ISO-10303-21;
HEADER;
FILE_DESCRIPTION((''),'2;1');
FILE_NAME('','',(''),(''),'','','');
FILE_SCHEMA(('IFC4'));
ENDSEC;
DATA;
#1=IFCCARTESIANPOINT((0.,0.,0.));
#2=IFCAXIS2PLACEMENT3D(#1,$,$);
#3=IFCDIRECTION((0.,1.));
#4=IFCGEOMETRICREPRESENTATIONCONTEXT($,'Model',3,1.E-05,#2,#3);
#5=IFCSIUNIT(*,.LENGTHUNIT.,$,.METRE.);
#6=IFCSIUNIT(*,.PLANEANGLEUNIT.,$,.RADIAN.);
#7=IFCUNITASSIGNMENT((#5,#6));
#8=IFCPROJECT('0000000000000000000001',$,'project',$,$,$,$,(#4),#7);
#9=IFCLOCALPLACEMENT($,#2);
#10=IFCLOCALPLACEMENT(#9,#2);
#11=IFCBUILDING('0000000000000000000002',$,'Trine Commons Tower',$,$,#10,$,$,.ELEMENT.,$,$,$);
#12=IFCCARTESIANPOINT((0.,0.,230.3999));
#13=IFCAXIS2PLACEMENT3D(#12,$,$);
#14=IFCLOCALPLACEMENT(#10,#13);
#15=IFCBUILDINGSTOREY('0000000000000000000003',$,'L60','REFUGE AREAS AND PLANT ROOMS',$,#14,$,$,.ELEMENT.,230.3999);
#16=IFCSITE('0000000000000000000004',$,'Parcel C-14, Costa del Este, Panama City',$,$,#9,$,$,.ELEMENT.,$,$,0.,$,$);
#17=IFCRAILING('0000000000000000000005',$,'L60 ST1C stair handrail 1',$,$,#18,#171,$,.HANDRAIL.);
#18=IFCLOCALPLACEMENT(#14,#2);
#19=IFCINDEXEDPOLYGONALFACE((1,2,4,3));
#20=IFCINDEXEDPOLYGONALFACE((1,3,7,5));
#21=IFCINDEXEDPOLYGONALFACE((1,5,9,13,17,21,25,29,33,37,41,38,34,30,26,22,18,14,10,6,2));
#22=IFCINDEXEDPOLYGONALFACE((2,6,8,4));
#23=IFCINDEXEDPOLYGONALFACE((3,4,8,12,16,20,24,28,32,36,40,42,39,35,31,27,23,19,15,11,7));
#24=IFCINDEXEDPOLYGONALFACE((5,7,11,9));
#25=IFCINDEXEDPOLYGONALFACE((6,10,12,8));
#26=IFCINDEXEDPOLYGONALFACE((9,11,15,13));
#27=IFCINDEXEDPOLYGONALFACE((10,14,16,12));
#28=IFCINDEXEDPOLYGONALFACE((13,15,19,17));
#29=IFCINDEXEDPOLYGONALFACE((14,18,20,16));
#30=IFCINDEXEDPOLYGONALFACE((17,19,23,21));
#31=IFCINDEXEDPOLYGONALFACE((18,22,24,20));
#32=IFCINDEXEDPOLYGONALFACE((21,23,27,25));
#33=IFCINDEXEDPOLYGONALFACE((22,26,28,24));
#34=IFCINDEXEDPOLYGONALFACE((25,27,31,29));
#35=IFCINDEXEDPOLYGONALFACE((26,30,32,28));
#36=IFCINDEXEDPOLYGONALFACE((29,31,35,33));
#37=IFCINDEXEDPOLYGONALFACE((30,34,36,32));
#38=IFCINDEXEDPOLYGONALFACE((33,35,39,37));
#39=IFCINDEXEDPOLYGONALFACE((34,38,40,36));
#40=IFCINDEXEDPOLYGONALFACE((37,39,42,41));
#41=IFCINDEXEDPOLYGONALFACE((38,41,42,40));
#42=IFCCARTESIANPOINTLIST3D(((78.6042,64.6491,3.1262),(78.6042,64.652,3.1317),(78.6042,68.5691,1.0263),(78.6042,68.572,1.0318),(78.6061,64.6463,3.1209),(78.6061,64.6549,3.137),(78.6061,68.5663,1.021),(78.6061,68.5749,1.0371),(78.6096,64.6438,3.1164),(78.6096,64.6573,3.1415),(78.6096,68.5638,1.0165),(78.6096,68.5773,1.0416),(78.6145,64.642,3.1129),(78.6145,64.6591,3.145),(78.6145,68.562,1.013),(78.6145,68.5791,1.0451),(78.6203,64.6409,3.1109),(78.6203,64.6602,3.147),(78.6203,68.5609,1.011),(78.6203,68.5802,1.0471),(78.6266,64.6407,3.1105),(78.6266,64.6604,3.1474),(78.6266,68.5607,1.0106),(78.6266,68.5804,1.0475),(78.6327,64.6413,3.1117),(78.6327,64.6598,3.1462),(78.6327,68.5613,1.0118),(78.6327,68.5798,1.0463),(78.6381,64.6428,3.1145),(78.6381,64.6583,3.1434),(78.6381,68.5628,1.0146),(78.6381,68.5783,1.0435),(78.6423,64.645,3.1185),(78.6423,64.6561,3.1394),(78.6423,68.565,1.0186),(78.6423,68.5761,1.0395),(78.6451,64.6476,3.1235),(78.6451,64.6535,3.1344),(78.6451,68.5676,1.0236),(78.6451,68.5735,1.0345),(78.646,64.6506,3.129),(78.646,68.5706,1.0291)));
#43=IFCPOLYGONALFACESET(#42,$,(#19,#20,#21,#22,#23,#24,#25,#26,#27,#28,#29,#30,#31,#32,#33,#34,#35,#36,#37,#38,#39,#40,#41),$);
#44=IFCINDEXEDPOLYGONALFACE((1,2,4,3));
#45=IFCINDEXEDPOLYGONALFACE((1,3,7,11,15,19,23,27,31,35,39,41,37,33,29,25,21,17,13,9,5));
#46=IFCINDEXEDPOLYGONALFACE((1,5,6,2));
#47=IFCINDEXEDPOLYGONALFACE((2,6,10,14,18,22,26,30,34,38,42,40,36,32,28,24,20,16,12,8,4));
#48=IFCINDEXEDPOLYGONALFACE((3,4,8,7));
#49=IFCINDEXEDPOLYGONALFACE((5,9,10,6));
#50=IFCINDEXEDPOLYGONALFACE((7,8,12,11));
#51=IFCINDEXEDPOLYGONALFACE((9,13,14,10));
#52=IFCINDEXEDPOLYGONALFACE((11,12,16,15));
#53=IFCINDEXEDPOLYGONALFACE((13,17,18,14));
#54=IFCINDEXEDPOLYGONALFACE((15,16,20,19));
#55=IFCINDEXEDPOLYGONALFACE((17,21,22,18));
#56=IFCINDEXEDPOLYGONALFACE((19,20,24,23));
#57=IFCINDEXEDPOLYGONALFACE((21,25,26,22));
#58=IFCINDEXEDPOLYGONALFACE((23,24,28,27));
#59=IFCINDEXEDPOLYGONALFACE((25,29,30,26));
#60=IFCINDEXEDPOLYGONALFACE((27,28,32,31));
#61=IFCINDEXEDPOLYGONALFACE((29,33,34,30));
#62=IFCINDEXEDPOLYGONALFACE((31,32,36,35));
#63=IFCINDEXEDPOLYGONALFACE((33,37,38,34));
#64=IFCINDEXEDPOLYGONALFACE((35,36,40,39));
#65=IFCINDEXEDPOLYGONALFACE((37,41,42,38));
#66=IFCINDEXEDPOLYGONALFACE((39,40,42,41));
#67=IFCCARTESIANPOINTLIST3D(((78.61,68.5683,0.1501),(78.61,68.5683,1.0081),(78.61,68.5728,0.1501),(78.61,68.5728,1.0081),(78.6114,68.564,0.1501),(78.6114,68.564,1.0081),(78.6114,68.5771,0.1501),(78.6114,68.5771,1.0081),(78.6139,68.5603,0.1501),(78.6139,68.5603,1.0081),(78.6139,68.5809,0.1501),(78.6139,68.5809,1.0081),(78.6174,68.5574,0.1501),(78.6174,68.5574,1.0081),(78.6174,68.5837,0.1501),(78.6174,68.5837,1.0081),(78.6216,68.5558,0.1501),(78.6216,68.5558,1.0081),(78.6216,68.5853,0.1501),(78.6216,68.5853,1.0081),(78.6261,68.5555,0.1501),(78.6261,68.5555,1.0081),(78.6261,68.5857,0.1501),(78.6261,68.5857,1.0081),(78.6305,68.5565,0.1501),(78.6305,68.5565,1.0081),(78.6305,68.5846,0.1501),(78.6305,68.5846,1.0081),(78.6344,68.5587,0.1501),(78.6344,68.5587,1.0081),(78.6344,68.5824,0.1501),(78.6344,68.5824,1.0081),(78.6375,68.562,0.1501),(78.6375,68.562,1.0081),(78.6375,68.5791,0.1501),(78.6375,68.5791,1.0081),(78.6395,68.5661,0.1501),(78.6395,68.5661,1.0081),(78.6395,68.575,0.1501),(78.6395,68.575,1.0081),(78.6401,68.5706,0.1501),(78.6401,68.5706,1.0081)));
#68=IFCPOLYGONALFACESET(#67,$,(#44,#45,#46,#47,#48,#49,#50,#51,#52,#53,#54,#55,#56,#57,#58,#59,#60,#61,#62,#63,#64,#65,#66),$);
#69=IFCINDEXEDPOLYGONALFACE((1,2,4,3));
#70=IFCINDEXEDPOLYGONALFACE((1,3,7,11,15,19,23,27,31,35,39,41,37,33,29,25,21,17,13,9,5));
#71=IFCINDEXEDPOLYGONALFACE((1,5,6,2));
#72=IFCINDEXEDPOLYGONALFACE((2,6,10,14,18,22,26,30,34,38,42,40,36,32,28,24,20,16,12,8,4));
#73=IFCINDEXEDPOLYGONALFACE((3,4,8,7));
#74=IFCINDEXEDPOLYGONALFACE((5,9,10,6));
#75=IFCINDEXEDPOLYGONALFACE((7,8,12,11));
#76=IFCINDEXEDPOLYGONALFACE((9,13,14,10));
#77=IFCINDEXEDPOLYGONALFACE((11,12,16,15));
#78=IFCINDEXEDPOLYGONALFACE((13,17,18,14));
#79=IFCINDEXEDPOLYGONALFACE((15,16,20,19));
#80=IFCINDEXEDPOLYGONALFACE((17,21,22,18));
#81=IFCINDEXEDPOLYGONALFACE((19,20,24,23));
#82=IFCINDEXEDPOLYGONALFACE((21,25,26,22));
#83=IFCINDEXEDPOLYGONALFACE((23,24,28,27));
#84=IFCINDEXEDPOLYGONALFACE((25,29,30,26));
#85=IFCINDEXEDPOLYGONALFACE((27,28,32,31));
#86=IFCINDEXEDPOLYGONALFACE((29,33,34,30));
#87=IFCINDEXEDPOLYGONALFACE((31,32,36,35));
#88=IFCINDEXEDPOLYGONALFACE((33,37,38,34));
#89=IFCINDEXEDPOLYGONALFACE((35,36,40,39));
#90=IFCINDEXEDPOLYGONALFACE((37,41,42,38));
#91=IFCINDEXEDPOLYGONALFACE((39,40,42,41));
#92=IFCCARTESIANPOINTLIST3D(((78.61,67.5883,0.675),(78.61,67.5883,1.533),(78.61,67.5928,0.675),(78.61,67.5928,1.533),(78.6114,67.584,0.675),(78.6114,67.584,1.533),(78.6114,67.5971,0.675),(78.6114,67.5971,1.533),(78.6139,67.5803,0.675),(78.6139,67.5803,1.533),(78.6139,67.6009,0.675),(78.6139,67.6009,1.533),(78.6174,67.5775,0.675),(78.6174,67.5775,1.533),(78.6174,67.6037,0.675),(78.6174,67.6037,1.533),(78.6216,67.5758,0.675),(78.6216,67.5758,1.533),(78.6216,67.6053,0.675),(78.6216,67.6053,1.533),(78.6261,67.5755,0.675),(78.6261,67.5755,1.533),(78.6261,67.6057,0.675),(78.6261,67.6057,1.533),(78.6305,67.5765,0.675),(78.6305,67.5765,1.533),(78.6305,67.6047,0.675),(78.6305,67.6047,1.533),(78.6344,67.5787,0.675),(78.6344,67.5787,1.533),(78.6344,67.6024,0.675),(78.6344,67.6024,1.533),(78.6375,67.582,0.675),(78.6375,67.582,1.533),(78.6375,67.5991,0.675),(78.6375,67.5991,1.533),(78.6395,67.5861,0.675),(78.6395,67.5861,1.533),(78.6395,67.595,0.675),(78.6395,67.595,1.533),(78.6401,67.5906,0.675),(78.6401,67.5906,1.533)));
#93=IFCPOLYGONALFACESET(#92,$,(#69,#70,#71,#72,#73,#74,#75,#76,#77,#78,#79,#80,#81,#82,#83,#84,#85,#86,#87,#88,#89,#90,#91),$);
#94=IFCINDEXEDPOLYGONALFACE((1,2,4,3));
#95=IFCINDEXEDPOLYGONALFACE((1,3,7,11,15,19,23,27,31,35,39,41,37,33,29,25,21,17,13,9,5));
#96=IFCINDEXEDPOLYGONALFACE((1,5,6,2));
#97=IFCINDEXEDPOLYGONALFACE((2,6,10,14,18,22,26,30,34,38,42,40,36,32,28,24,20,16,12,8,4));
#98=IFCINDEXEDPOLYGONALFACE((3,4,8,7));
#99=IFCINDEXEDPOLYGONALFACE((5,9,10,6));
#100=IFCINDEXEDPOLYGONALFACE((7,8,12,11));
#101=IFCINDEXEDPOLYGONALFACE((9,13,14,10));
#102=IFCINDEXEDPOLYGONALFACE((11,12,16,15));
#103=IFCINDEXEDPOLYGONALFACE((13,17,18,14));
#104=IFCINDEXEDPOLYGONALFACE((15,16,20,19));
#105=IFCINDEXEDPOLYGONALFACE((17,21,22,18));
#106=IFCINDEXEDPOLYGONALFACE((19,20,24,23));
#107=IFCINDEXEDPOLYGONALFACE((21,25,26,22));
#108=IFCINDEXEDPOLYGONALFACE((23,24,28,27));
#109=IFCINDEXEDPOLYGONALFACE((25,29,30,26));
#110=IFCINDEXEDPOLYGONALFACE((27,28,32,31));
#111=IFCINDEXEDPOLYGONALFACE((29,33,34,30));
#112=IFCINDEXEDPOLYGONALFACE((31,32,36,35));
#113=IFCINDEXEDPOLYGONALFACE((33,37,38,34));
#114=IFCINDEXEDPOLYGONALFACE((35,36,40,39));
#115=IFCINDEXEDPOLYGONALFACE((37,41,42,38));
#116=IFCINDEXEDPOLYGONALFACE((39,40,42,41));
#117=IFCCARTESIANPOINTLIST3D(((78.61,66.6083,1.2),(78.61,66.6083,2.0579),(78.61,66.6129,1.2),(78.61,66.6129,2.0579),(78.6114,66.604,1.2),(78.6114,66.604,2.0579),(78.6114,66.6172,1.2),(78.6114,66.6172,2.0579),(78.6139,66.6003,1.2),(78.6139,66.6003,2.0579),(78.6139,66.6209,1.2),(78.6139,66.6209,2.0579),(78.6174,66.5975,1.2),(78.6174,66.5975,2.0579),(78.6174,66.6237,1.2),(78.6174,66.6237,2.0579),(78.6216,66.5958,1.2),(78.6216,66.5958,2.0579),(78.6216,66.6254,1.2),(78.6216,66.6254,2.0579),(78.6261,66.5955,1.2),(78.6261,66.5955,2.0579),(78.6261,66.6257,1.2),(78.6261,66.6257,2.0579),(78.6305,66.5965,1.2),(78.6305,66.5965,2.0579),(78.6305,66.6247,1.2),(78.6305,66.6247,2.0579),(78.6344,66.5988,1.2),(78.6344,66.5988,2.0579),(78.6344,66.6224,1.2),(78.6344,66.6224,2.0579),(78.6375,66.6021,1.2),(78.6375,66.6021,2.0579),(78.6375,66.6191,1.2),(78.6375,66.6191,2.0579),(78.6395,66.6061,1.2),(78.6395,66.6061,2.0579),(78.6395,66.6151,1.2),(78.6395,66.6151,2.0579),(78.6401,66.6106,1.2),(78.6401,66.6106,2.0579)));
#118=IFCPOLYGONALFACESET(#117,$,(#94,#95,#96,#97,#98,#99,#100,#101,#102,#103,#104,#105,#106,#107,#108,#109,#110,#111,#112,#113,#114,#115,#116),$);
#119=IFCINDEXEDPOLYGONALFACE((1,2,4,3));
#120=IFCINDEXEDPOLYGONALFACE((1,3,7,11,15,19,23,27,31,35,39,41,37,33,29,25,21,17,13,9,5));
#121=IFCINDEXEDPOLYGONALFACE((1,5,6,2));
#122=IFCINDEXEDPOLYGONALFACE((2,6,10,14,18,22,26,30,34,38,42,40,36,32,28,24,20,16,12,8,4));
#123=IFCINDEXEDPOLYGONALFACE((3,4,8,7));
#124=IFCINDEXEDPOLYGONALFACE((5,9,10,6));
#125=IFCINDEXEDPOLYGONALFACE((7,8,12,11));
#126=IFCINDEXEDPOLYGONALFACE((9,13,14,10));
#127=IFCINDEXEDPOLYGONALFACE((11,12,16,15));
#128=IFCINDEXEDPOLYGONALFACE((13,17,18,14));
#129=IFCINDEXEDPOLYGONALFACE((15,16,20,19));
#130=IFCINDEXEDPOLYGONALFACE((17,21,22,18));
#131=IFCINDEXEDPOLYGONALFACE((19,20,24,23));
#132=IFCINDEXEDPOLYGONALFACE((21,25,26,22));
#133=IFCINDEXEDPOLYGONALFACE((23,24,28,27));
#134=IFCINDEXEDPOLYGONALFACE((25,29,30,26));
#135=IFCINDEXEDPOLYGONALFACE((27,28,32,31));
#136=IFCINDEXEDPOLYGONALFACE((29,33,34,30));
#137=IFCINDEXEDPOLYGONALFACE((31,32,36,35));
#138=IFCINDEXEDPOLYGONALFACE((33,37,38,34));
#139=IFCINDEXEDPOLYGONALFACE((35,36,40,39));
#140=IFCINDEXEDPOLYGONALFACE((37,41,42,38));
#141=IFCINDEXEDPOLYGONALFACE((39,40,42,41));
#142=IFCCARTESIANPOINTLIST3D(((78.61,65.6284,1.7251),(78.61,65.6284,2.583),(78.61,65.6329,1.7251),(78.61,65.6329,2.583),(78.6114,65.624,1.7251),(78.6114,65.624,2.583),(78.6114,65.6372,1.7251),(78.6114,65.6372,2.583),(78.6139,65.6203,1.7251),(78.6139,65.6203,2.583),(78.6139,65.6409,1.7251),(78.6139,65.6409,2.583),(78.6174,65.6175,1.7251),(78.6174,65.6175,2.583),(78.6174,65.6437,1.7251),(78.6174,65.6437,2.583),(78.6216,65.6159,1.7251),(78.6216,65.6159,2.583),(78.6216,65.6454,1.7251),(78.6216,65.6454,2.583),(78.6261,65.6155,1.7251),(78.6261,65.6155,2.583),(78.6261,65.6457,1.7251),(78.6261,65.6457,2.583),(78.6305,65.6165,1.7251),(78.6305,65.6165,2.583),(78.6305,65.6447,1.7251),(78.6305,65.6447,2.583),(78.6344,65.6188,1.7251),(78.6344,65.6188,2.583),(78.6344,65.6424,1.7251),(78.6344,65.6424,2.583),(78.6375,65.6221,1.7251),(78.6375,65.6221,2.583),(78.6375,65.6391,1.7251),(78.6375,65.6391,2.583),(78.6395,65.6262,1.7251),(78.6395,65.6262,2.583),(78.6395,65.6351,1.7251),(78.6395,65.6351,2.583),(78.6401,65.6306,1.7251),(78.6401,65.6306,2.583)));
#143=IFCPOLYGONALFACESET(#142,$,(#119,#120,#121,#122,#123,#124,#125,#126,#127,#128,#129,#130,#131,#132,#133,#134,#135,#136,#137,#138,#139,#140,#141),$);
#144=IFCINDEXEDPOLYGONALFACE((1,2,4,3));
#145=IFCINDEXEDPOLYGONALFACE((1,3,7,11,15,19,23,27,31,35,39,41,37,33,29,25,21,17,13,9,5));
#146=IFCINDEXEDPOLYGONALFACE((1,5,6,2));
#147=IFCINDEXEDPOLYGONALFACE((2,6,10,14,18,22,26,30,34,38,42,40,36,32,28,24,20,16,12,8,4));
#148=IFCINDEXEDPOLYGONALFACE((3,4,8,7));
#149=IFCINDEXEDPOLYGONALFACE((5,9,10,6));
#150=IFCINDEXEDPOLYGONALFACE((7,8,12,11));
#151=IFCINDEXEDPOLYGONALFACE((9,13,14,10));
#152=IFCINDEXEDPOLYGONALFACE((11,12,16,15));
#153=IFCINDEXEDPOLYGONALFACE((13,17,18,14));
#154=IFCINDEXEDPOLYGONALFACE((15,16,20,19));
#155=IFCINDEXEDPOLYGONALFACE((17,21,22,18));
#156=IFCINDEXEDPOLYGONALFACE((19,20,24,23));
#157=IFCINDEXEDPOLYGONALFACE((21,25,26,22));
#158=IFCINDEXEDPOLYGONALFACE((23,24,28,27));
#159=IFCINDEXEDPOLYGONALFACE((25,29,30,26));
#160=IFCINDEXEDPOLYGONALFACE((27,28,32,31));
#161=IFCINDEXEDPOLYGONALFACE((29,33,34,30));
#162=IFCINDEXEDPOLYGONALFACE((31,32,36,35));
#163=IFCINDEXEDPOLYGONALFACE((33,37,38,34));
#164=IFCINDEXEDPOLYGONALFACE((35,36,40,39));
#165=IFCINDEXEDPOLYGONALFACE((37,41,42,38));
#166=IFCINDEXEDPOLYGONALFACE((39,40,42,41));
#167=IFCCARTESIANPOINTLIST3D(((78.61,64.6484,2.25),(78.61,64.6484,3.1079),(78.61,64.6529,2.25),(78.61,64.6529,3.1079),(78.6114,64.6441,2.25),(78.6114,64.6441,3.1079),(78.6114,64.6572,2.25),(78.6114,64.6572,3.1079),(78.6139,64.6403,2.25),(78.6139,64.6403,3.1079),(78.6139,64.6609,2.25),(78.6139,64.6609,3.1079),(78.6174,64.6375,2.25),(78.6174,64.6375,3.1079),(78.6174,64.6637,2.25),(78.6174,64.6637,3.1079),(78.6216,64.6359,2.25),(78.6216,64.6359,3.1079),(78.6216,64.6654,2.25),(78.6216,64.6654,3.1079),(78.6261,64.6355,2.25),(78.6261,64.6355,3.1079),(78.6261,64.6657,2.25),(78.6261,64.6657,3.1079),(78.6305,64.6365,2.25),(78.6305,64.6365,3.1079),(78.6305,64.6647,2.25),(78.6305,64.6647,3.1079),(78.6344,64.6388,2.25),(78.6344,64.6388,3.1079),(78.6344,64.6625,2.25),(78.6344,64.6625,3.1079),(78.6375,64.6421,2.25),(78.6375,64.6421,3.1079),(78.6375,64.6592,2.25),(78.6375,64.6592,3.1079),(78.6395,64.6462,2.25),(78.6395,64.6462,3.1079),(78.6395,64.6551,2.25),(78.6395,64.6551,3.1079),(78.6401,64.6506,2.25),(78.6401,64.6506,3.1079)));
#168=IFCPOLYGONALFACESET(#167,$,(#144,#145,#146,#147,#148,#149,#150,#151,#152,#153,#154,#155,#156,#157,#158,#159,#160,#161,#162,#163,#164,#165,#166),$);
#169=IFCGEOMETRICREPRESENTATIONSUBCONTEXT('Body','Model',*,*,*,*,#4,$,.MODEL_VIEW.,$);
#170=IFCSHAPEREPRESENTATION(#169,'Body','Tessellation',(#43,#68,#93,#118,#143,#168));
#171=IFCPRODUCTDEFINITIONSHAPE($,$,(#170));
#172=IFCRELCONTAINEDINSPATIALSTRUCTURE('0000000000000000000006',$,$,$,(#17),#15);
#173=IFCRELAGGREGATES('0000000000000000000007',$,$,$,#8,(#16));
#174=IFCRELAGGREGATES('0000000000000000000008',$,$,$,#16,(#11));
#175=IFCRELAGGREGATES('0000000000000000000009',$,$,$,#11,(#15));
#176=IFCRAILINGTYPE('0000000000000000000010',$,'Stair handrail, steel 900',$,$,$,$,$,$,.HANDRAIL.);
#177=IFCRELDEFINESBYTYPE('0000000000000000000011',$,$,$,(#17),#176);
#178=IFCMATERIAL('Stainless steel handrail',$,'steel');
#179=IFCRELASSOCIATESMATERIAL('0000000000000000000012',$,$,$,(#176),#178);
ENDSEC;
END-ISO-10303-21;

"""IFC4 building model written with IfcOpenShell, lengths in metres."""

from ifc_helpers import new_model, si_unit, direction, frame, origin, origin_2d, place, context, subcontext, project, spatial, circle, extrude, material, type_object, element, save


model = new_model("IFC4")

# Units and contexts
model_context = context("Model", 3, precision=1e-05, world=origin(), true_north=direction((0.0, 1.0)))
body_context = subcontext(model_context, "Body", "Model", "MODEL_VIEW")
ifc_project = project(units=[si_unit("LENGTHUNIT", "METRE"), si_unit("PLANEANGLEUNIT", "RADIAN")], contexts=[model_context])

# Site, building, storey
site_placement = place(None, origin())
site = spatial("IfcSite", under=ifc_project, at=site_placement, Name="Parcel C-14, Costa del Este, Panama City", CompositionType="ELEMENT", RefElevation=0.0)
building_placement = place(site_placement, origin())
building = spatial("IfcBuilding", under=site, at=building_placement, Name="Trine Commons Tower", CompositionType="ELEMENT")
storey_placement = place(building_placement, frame((0.0, 0.0, 230.3999)))
storey = spatial("IfcBuildingStorey", under=building, at=storey_placement, Name="L60", Description="REFUGE AREAS AND PLANT ROOMS", CompositionType="ELEMENT", Elevation=230.3999)

# Railing
ifc_material_1 = material(Name="Stainless steel handrail", Category="steel")
railing_type_1 = type_object("IfcRailingType", Name="Stair handrail, steel 900", PredefinedType="HANDRAIL", material=ifc_material_1)
railing_1_placement = place(storey_placement, frame((78.625, 68.5706, 0.1501)))
element("IfcRailing", 1, at=railing_1_placement, inside=storey, type_object=railing_type_1, Name="L60 ST1C stair handrail 1", PredefinedType="HANDRAIL", context=body_context, shape_type="SweptSolid", body=[
    extrude(circle(Radius=0.021, at=origin_2d()), frame((0.0, 0.0, 0.8789), z_axis=(0.0, -0.88149, 0.472203), x_axis=(1.0, 0.0, 0.0)), (0.0, 0.0, 1.0), 4.447),
    extrude(circle(Radius=0.0151, at=origin_2d()), origin(), (0.0, 0.0, 1.0), 0.8579),
    extrude(circle(Radius=0.0151, at=origin_2d()), frame((0.0, -0.98, 0.5249)), (0.0, 0.0, 1.0), 0.8579),
    extrude(circle(Radius=0.0151, at=origin_2d()), frame((0.0, -1.96, 1.0498)), (0.0, 0.0, 1.0), 0.8579),
    extrude(circle(Radius=0.0151, at=origin_2d()), frame((0.0, -2.9399, 1.575)), (0.0, 0.0, 1.0), 0.8579),
    extrude(circle(Radius=0.0151, at=origin_2d()), frame((0.0, -3.9199, 2.0999)), (0.0, 0.0, 1.0), 0.8579),
])

save(model, "model.ifc")
